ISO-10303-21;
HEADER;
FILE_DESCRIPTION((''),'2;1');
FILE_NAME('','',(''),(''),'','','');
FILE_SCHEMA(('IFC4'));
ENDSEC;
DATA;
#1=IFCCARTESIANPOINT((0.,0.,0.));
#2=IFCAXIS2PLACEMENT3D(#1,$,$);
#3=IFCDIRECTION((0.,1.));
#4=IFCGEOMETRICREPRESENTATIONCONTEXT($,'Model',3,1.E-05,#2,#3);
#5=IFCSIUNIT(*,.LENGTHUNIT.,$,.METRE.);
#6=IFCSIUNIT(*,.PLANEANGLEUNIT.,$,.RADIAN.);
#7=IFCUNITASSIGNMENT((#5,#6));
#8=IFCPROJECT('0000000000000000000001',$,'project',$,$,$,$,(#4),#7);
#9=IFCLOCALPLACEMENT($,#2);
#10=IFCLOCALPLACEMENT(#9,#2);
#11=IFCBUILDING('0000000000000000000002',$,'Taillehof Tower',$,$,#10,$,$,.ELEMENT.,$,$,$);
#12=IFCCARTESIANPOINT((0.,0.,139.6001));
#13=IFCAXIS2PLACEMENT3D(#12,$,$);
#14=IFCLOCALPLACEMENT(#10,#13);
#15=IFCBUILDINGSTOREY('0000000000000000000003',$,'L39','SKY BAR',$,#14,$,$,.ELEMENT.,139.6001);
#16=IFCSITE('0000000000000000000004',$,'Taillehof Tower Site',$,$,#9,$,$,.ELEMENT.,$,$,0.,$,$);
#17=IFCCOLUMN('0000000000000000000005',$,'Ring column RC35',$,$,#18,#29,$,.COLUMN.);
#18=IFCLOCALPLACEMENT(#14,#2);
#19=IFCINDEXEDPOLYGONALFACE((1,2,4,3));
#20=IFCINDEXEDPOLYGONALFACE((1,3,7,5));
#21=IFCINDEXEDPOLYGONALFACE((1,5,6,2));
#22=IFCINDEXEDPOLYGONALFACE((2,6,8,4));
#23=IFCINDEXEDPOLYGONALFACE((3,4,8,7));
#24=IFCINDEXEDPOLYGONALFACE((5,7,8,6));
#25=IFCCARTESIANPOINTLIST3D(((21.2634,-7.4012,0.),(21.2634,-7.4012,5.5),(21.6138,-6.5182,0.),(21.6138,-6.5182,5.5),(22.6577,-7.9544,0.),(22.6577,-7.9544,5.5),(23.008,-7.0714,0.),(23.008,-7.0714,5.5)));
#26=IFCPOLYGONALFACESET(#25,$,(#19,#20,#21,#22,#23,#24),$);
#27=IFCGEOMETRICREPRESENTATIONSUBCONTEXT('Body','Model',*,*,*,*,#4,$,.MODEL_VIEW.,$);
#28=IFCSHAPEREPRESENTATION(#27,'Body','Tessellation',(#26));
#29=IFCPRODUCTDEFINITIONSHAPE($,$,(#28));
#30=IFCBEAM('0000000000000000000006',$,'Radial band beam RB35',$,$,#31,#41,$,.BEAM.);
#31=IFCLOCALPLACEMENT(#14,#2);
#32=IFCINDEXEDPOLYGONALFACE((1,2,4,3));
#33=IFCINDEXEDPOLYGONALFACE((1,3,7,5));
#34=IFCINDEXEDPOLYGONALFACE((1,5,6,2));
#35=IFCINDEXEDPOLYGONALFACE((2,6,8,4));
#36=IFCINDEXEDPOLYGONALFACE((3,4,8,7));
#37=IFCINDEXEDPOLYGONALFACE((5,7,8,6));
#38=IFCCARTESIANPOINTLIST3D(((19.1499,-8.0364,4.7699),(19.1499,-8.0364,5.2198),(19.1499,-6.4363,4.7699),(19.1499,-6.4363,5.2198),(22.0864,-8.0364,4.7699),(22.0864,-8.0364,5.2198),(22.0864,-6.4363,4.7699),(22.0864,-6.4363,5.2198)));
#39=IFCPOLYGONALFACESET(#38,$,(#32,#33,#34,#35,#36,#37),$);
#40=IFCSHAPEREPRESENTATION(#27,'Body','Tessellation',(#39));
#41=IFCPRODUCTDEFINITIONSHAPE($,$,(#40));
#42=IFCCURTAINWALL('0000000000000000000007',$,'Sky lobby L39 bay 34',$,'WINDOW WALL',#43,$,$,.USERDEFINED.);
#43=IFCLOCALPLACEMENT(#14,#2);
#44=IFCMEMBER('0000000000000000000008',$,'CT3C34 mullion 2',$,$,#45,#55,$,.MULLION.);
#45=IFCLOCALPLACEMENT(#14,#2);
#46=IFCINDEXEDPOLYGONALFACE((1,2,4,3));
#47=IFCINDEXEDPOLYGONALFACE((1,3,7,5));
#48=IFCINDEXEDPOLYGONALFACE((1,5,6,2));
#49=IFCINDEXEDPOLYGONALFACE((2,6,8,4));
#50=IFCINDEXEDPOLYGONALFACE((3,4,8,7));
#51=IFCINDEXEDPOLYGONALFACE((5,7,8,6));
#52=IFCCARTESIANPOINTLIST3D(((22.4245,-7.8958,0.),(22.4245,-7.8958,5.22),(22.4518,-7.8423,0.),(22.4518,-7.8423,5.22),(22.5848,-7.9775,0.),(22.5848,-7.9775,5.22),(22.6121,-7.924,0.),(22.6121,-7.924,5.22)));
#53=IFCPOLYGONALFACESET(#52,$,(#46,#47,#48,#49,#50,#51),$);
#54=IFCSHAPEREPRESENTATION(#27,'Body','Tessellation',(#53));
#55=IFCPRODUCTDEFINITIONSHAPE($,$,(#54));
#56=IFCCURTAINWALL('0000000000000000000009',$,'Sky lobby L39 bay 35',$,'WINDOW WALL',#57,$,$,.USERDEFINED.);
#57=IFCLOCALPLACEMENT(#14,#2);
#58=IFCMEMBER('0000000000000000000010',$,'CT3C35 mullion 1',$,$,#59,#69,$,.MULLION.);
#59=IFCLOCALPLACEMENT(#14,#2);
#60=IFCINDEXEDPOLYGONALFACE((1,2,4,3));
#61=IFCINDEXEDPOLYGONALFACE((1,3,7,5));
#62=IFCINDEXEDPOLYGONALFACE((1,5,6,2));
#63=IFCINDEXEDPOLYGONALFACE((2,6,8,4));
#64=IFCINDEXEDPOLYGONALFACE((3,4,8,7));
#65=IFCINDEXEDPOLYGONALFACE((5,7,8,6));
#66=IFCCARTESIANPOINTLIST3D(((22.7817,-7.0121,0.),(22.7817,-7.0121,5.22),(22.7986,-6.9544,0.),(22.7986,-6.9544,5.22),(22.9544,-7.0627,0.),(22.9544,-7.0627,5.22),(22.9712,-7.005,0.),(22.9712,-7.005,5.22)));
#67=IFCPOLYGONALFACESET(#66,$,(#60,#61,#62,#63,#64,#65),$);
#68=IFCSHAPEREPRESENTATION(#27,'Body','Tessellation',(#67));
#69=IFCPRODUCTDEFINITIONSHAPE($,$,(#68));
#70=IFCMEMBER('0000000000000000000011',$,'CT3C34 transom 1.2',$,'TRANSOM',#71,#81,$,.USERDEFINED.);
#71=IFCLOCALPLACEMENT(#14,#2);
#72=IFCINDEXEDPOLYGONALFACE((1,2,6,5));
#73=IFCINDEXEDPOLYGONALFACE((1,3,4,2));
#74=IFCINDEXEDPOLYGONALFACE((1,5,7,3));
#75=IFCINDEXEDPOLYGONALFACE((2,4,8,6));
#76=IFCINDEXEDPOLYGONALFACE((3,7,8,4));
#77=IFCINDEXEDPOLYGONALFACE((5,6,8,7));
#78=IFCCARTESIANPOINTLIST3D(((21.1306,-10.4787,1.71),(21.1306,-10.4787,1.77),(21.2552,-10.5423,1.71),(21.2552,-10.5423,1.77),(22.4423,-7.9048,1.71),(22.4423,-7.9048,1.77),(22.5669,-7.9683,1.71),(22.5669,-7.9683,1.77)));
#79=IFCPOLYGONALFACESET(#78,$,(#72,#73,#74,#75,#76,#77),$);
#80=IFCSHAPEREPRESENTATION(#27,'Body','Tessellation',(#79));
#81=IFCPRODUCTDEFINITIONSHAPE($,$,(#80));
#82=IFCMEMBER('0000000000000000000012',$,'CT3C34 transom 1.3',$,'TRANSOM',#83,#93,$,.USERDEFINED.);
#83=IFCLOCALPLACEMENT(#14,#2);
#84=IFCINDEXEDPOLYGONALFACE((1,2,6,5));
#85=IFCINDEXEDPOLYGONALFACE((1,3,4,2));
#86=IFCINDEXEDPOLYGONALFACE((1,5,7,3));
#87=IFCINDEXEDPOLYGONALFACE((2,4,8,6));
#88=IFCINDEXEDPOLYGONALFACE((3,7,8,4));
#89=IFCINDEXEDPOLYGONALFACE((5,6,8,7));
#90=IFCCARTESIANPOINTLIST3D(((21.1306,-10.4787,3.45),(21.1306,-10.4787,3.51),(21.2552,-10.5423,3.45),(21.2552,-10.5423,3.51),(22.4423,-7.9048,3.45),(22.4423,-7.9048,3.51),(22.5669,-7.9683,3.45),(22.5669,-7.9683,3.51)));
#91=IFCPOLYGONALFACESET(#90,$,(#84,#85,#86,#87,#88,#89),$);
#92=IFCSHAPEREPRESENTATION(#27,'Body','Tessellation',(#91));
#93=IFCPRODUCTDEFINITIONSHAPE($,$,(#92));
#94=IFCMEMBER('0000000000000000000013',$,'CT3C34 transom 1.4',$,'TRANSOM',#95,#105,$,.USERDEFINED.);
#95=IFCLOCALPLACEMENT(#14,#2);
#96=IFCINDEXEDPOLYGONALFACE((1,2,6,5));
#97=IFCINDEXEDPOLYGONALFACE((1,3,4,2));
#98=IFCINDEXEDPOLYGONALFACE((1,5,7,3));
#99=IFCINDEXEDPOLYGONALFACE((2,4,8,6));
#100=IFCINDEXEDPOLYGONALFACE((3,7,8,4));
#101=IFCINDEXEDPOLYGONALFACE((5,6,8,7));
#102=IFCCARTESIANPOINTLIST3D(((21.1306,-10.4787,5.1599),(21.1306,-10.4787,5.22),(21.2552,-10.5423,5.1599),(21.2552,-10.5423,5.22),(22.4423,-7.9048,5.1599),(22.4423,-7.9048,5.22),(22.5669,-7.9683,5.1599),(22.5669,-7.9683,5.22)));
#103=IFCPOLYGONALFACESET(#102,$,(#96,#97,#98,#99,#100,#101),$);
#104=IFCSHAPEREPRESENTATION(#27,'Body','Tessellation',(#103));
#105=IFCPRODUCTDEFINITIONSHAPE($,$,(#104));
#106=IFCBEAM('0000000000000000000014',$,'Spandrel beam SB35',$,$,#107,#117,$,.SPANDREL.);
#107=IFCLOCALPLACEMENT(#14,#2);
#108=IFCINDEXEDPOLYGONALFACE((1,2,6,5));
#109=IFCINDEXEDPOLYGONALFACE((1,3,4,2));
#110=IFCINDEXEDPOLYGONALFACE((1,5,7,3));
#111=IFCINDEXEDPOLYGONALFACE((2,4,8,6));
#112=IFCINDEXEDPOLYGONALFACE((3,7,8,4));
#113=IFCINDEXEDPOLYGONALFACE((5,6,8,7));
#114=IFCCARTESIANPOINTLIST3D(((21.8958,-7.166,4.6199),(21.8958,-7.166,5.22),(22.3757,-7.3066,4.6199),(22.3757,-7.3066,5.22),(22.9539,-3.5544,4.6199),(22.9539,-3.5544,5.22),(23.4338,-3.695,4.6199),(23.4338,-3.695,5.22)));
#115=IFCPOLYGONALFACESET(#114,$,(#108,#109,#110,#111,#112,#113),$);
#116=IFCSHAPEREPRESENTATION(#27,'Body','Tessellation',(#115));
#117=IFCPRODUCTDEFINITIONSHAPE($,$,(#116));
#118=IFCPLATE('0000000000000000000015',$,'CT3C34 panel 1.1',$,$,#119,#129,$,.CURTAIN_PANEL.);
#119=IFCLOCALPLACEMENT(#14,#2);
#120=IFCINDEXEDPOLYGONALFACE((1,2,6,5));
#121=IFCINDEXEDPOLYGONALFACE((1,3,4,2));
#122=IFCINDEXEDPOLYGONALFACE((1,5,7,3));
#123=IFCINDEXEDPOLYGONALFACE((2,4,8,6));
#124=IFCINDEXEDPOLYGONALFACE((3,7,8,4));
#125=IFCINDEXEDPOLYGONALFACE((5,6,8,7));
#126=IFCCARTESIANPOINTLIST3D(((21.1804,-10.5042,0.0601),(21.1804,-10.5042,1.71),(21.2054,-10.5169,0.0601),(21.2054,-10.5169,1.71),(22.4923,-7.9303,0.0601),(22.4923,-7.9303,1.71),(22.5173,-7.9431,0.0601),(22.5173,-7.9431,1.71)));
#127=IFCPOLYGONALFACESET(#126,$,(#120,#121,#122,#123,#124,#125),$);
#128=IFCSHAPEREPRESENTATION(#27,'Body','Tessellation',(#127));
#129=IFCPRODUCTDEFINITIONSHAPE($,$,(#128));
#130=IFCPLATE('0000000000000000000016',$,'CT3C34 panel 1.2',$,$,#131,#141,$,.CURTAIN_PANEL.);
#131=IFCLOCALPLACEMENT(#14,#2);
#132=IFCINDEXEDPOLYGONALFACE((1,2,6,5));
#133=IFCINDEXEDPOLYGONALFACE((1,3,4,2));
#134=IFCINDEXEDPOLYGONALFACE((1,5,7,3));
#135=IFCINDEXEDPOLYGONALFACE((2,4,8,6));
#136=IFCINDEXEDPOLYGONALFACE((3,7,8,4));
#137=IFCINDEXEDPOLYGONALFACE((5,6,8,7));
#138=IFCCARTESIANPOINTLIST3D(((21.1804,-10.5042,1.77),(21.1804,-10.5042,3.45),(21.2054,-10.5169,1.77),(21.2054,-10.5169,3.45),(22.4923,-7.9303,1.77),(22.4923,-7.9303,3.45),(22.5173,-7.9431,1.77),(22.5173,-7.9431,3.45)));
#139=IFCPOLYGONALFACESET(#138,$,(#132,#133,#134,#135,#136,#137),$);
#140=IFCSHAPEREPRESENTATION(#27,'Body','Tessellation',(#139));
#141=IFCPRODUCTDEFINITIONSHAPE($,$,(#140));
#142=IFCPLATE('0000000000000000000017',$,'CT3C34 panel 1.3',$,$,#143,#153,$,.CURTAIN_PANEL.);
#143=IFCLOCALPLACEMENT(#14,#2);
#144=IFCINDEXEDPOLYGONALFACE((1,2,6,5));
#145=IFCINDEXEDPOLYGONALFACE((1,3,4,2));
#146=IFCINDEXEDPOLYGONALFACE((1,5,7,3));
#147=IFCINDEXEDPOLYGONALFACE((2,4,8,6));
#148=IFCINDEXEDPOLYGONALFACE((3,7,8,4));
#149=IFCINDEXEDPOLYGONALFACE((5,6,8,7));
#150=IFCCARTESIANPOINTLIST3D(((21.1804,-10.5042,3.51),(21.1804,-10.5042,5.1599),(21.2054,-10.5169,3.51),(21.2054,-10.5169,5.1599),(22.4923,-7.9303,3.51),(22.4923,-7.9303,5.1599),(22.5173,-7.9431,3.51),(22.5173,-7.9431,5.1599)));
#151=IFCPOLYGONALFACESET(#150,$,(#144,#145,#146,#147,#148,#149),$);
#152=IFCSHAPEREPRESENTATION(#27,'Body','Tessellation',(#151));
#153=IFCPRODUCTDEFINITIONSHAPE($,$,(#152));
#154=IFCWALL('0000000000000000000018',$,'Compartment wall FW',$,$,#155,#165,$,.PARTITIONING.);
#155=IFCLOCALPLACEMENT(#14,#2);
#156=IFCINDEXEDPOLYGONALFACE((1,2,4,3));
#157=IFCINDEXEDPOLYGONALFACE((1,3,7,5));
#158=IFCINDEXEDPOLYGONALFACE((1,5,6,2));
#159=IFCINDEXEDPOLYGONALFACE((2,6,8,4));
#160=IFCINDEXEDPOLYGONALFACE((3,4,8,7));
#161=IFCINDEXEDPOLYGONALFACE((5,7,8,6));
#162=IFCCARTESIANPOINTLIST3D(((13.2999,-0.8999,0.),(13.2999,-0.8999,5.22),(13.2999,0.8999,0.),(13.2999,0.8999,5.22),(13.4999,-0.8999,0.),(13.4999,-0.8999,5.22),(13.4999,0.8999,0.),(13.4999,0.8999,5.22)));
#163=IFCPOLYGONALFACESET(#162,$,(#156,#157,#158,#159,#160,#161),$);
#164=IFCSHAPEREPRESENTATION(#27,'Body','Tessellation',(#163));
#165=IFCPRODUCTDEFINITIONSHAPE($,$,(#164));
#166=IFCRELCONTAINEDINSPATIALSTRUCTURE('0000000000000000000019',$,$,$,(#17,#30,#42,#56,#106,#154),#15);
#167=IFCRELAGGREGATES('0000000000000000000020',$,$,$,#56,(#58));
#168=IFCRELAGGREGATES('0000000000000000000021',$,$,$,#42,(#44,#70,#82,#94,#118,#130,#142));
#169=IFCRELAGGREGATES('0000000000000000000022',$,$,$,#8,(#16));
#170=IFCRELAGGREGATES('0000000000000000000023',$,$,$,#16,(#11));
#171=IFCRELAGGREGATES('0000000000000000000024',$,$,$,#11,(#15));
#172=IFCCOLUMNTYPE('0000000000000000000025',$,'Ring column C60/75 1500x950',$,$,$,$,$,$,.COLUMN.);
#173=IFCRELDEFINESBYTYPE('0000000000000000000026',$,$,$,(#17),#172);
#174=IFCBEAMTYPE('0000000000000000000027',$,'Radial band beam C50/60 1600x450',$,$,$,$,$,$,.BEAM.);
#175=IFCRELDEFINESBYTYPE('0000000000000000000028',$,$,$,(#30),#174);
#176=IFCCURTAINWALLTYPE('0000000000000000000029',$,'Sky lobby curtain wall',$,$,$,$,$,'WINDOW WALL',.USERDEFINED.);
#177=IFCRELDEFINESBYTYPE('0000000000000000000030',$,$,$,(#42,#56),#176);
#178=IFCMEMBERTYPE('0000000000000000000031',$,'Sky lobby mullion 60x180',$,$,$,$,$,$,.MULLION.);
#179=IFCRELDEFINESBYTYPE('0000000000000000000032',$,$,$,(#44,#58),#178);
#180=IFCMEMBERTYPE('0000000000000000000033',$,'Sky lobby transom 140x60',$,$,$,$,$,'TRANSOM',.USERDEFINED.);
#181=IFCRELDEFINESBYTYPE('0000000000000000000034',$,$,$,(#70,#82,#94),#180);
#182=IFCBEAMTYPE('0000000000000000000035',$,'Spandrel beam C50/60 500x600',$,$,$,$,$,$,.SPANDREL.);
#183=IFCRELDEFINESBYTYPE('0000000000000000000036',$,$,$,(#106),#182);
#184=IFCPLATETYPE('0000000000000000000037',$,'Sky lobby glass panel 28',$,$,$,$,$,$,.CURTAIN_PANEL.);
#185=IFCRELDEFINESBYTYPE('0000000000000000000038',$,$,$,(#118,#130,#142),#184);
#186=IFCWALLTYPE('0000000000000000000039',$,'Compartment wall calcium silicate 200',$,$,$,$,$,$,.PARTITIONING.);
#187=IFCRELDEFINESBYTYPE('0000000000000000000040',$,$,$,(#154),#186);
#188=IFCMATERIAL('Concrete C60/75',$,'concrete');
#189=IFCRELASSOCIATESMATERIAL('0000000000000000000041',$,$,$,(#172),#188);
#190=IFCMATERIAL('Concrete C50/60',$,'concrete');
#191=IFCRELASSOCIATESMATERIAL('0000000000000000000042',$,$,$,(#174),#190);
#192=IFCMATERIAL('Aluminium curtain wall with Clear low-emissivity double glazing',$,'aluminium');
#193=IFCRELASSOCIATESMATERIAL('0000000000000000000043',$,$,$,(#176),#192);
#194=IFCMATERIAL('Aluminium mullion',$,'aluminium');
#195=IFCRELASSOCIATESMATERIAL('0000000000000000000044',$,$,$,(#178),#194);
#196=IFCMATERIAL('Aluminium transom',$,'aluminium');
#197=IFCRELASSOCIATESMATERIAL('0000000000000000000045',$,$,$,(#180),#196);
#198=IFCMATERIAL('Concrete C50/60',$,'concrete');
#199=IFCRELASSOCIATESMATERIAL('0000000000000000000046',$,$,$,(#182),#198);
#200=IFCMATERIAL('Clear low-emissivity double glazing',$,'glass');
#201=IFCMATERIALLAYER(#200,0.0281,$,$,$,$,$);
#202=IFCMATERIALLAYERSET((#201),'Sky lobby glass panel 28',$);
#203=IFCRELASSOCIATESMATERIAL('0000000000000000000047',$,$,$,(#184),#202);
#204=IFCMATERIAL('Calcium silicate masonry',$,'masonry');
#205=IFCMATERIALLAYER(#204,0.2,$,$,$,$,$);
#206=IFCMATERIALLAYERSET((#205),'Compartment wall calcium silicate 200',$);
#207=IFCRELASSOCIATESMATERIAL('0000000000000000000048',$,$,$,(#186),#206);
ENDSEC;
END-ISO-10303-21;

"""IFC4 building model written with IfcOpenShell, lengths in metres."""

from ifc_helpers import new_model, si_unit, direction, frame, frame_2d, origin, origin_2d, place, context, subcontext, project, spatial, rectangle, extrude, material, layer, layer_set, material_profile, profile_set, type_object, element, aggregate, save


model = new_model("IFC4")

# Units and contexts
model_context = context("Model", 3, precision=1e-05, world=origin(), true_north=direction((0.0, 1.0)))
body_context = subcontext(model_context, "Body", "Model", "MODEL_VIEW")
ifc_project = project(units=[si_unit("LENGTHUNIT", "METRE"), si_unit("PLANEANGLEUNIT", "RADIAN")], contexts=[model_context])

# Site, building, storey
site_placement = place(None, origin())
site = spatial("IfcSite", under=ifc_project, at=site_placement, Name="Taillehof Tower Site", CompositionType="ELEMENT", RefElevation=0.0)
building_placement = place(site_placement, origin())
building = spatial("IfcBuilding", under=site, at=building_placement, Name="Taillehof Tower", CompositionType="ELEMENT")
storey_placement = place(building_placement, frame((0.0, 0.0, 139.6001)))
storey = spatial("IfcBuildingStorey", under=building, at=storey_placement, Name="L39", Description="SKY BAR", CompositionType="ELEMENT", Elevation=139.6001)

# Column
ifc_material_1 = material(Name="Concrete C60/75", Category="concrete")
ifc_material_profile_1 = material_profile(ifc_material_1, rectangle(XDim=1.5, YDim=0.95, at=origin_2d()), Name="RC 1500x950")
ifc_profile_set_1 = profile_set([ifc_material_profile_1], Name="Concrete C60/75")
column_type = type_object("IfcColumnType", Name="Ring column C60/75 1500x950", PredefinedType="COLUMN", material=ifc_profile_set_1)
column_placement = place(storey_placement, frame((22.1357, -7.2363, 0.0), z_axis=(0.0, 0.0, 1.0), x_axis=(0.929511, -0.368793, 0.0)))
element("IfcColumn", 1, at=column_placement, inside=storey, type_object=column_type, Name="Ring column RC35", PredefinedType="COLUMN", context=body_context, shape_type="SweptSolid", body=[
    extrude(rectangle(XDim=1.5, YDim=0.95, at=origin_2d()), origin(), (0.0, 0.0, 1.0), 5.5),
])

# Beam
ifc_material_2 = material(Name="Concrete C50/60", Category="concrete")
ifc_material_profile_2 = material_profile(ifc_material_2, rectangle(XDim=1.6001, YDim=0.45, at=origin_2d()), Name="RC 1600x450")
ifc_profile_set_2 = profile_set([ifc_material_profile_2], Name="Concrete C50/60")
beam_type_1 = type_object("IfcBeamType", Name="Radial band beam C50/60 1600x450", PredefinedType="BEAM", material=ifc_profile_set_2)
beam_1_placement = place(storey_placement, frame((22.0864, -7.2363, 4.9949), z_axis=(-1.0, 0.0, 0.0), x_axis=(0.0, -1.0, 0.0)))
element("IfcBeam", 2, at=beam_1_placement, inside=storey, type_object=beam_type_1, Name="Radial band beam RB35", PredefinedType="BEAM", context=body_context, shape_type="SweptSolid", body=[
    extrude(rectangle(XDim=1.6001, YDim=0.45, at=origin_2d()), origin(), (0.0, 0.0, 1.0), 2.9365),
])

# Curtain walls, members
ifc_material_3 = material(Name="Aluminium curtain wall with Clear low-emissivity double glazing", Category="aluminium")
curtain_wall_type = type_object("IfcCurtainWallType", Name="Sky lobby curtain wall", ElementType="WINDOW WALL", PredefinedType="USERDEFINED", material=ifc_material_3)
curtain_wall_1_placement = place(storey_placement, origin())
curtain_wall_1 = element("IfcCurtainWall", 3, at=curtain_wall_1_placement, inside=storey, type_object=curtain_wall_type, Name="Sky lobby L39 bay 34", ObjectType="WINDOW WALL", PredefinedType="USERDEFINED")
ifc_material_4 = material(Name="Aluminium mullion", Category="aluminium")
ifc_material_profile_3 = material_profile(ifc_material_4, rectangle(XDim=0.1799, YDim=0.0601, at=origin_2d()), Name="AL 60x180")
ifc_profile_set_3 = profile_set([ifc_material_profile_3], Name="Aluminium mullion")
member_type_1 = type_object("IfcMemberType", Name="Sky lobby mullion 60x180", PredefinedType="MULLION", material=ifc_profile_set_3)
member_1_placement = place(storey_placement, frame((22.5183, -7.9099, 0.0), z_axis=(0.0, 0.0, 1.0), x_axis=(-0.89094, 0.454121, 0.0)))
member_1 = element("IfcMember", 4, at=member_1_placement, type_object=member_type_1, Name="CT3C34 mullion 2", PredefinedType="MULLION", context=body_context, shape_type="SweptSolid", body=[
    extrude(rectangle(XDim=0.1799, YDim=0.0601, at=origin_2d()), origin(), (0.0, 0.0, 1.0), 5.22),
])
curtain_wall_2_placement = place(storey_placement, origin())
curtain_wall_2 = element("IfcCurtainWall", 5, at=curtain_wall_2_placement, inside=storey, type_object=curtain_wall_type, Name="Sky lobby L39 bay 35", ObjectType="WINDOW WALL", PredefinedType="USERDEFINED")
member_2_placement = place(storey_placement, frame((22.8765, -7.0085, 0.0), z_axis=(0.0, 0.0, 1.0), x_axis=(-0.959684, 0.28108, 0.0)))
member_2 = element("IfcMember", 6, at=member_2_placement, type_object=member_type_1, Name="CT3C35 mullion 1", PredefinedType="MULLION", context=body_context, shape_type="SweptSolid", body=[
    extrude(rectangle(XDim=0.1799, YDim=0.0601, at=origin_2d()), origin(), (0.0, 0.0, 1.0), 5.22),
])
aggregate(curtain_wall_2, [member_2])

# Members
ifc_material_5 = material(Name="Aluminium transom", Category="aluminium")
ifc_material_profile_4 = material_profile(ifc_material_5, rectangle(XDim=0.1399, YDim=0.0601, at=origin_2d()), Name="AL 140x60")
ifc_profile_set_4 = profile_set([ifc_material_profile_4], Name="Aluminium transom")
member_type_2 = type_object("IfcMemberType", Name="Sky lobby transom 140x60", ElementType="TRANSOM", PredefinedType="USERDEFINED", material=ifc_profile_set_4)
member_3_placement = place(storey_placement, frame((21.1929, -10.5105, 1.74), z_axis=(0.454062, 0.89097, 0.0), x_axis=(-0.89097, 0.454062, 0.0)))
member_3 = element("IfcMember", 7, at=member_3_placement, type_object=member_type_2, Name="CT3C34 transom 1.2", ObjectType="TRANSOM", PredefinedType="USERDEFINED", context=body_context, shape_type="SweptSolid", body=[
    extrude(rectangle(XDim=0.1399, YDim=0.0601, at=origin_2d()), origin(), (0.0, 0.0, 1.0), 2.8889),
])
member_4_placement = place(storey_placement, frame((21.1929, -10.5105, 3.48), z_axis=(0.454062, 0.89097, 0.0), x_axis=(-0.89097, 0.454062, 0.0)))
member_4 = element("IfcMember", 8, at=member_4_placement, type_object=member_type_2, Name="CT3C34 transom 1.3", ObjectType="TRANSOM", PredefinedType="USERDEFINED", context=body_context, shape_type="SweptSolid", body=[
    extrude(rectangle(XDim=0.1399, YDim=0.0601, at=origin_2d()), origin(), (0.0, 0.0, 1.0), 2.8889),
])
member_5_placement = place(storey_placement, frame((21.1929, -10.5105, 5.1899), z_axis=(0.454062, 0.89097, 0.0), x_axis=(-0.89097, 0.454062, 0.0)))
member_5 = element("IfcMember", 9, at=member_5_placement, type_object=member_type_2, Name="CT3C34 transom 1.4", ObjectType="TRANSOM", PredefinedType="USERDEFINED", context=body_context, shape_type="SweptSolid", body=[
    extrude(rectangle(XDim=0.1399, YDim=0.0601, at=origin_2d()), origin(), (0.0, 0.0, 1.0), 2.8889),
])

# Beam
ifc_material_6 = material(Name="Concrete C50/60", Category="concrete")
ifc_material_profile_5 = material_profile(ifc_material_6, rectangle(XDim=0.5, YDim=0.6001, at=origin_2d()), Name="RC 500x600")
ifc_profile_set_5 = profile_set([ifc_material_profile_5], Name="Concrete C50/60")
beam_type_2 = type_object("IfcBeamType", Name="Spandrel beam C50/60 500x600", PredefinedType="SPANDREL", material=ifc_profile_set_5)
beam_2_placement = place(storey_placement, frame((22.1357, -7.2363, 4.9199), z_axis=(0.281158, 0.959661, 0.0), x_axis=(-0.959661, 0.281158, 0.0)))
element("IfcBeam", 10, at=beam_2_placement, inside=storey, type_object=beam_type_2, Name="Spandrel beam SB35", PredefinedType="SPANDREL", context=body_context, shape_type="SweptSolid", body=[
    extrude(rectangle(XDim=0.5, YDim=0.6001, at=origin_2d()), origin(), (0.0, 0.0, 1.0), 3.7634),
])

# Plates
ifc_material_7 = material(Name="Clear low-emissivity double glazing", Category="glass")
ifc_layer_1 = layer(ifc_material_7, 0.0281)
ifc_layer_set_1 = layer_set([ifc_layer_1], Name="Sky lobby glass panel 28")
plate_type = type_object("IfcPlateType", Name="Sky lobby glass panel 28", PredefinedType="CURTAIN_PANEL", material=ifc_layer_set_1)
plate_1_placement = place(storey_placement, frame((21.8489, -9.2236, 0.0601), z_axis=(0.0, 0.0, 1.0), x_axis=(0.454121, 0.89094, 0.0)))
plate_1 = element("IfcPlate", 11, at=plate_1_placement, type_object=plate_type, Name="CT3C34 panel 1.1", PredefinedType="CURTAIN_PANEL", context=body_context, shape_type="SweptSolid", body=[
    extrude(rectangle(XDim=2.8889, YDim=0.0281, at=origin_2d()), origin(), (0.0, 0.0, 1.0), 1.6499),
])
plate_2_placement = place(storey_placement, frame((21.8489, -9.2236, 1.77), z_axis=(0.0, 0.0, 1.0), x_axis=(0.454121, 0.89094, 0.0)))
plate_2 = element("IfcPlate", 12, at=plate_2_placement, type_object=plate_type, Name="CT3C34 panel 1.2", PredefinedType="CURTAIN_PANEL", context=body_context, shape_type="SweptSolid", body=[
    extrude(rectangle(XDim=2.8889, YDim=0.0281, at=origin_2d()), origin(), (0.0, 0.0, 1.0), 1.6799),
])
plate_3_placement = place(storey_placement, frame((21.8489, -9.2236, 3.51), z_axis=(0.0, 0.0, 1.0), x_axis=(0.454121, 0.89094, 0.0)))
plate_3 = element("IfcPlate", 13, at=plate_3_placement, type_object=plate_type, Name="CT3C34 panel 1.3", PredefinedType="CURTAIN_PANEL", context=body_context, shape_type="SweptSolid", body=[
    extrude(rectangle(XDim=2.8889, YDim=0.0281, at=origin_2d()), origin(), (0.0, 0.0, 1.0), 1.6499),
])
aggregate(curtain_wall_1, [member_1, member_3, member_4, member_5, plate_1, plate_2, plate_3])

# Wall
ifc_material_8 = material(Name="Calcium silicate masonry", Category="masonry")
ifc_layer_2 = layer(ifc_material_8, 0.2)
ifc_layer_set_2 = layer_set([ifc_layer_2], Name="Compartment wall calcium silicate 200")
wall_type_1 = type_object("IfcWallType", Name="Compartment wall calcium silicate 200", PredefinedType="PARTITIONING", material=ifc_layer_set_2)
wall_1_placement = place(storey_placement, frame((13.3999, -0.8999, 0.0), z_axis=(0.0, 0.0, 1.0), x_axis=(0.0, 1.0, 0.0)))
element("IfcWall", 14, at=wall_1_placement, inside=storey, type_object=wall_type_1, Name="Compartment wall FW", PredefinedType="PARTITIONING", context=body_context, shape_type="SweptSolid", body=[
    extrude(rectangle(XDim=1.7998, YDim=0.2, at=frame_2d((0.8999, 0.0))), origin(), (0.0, 0.0, 1.0), 5.22),
])

save(model, "model.ifc")
